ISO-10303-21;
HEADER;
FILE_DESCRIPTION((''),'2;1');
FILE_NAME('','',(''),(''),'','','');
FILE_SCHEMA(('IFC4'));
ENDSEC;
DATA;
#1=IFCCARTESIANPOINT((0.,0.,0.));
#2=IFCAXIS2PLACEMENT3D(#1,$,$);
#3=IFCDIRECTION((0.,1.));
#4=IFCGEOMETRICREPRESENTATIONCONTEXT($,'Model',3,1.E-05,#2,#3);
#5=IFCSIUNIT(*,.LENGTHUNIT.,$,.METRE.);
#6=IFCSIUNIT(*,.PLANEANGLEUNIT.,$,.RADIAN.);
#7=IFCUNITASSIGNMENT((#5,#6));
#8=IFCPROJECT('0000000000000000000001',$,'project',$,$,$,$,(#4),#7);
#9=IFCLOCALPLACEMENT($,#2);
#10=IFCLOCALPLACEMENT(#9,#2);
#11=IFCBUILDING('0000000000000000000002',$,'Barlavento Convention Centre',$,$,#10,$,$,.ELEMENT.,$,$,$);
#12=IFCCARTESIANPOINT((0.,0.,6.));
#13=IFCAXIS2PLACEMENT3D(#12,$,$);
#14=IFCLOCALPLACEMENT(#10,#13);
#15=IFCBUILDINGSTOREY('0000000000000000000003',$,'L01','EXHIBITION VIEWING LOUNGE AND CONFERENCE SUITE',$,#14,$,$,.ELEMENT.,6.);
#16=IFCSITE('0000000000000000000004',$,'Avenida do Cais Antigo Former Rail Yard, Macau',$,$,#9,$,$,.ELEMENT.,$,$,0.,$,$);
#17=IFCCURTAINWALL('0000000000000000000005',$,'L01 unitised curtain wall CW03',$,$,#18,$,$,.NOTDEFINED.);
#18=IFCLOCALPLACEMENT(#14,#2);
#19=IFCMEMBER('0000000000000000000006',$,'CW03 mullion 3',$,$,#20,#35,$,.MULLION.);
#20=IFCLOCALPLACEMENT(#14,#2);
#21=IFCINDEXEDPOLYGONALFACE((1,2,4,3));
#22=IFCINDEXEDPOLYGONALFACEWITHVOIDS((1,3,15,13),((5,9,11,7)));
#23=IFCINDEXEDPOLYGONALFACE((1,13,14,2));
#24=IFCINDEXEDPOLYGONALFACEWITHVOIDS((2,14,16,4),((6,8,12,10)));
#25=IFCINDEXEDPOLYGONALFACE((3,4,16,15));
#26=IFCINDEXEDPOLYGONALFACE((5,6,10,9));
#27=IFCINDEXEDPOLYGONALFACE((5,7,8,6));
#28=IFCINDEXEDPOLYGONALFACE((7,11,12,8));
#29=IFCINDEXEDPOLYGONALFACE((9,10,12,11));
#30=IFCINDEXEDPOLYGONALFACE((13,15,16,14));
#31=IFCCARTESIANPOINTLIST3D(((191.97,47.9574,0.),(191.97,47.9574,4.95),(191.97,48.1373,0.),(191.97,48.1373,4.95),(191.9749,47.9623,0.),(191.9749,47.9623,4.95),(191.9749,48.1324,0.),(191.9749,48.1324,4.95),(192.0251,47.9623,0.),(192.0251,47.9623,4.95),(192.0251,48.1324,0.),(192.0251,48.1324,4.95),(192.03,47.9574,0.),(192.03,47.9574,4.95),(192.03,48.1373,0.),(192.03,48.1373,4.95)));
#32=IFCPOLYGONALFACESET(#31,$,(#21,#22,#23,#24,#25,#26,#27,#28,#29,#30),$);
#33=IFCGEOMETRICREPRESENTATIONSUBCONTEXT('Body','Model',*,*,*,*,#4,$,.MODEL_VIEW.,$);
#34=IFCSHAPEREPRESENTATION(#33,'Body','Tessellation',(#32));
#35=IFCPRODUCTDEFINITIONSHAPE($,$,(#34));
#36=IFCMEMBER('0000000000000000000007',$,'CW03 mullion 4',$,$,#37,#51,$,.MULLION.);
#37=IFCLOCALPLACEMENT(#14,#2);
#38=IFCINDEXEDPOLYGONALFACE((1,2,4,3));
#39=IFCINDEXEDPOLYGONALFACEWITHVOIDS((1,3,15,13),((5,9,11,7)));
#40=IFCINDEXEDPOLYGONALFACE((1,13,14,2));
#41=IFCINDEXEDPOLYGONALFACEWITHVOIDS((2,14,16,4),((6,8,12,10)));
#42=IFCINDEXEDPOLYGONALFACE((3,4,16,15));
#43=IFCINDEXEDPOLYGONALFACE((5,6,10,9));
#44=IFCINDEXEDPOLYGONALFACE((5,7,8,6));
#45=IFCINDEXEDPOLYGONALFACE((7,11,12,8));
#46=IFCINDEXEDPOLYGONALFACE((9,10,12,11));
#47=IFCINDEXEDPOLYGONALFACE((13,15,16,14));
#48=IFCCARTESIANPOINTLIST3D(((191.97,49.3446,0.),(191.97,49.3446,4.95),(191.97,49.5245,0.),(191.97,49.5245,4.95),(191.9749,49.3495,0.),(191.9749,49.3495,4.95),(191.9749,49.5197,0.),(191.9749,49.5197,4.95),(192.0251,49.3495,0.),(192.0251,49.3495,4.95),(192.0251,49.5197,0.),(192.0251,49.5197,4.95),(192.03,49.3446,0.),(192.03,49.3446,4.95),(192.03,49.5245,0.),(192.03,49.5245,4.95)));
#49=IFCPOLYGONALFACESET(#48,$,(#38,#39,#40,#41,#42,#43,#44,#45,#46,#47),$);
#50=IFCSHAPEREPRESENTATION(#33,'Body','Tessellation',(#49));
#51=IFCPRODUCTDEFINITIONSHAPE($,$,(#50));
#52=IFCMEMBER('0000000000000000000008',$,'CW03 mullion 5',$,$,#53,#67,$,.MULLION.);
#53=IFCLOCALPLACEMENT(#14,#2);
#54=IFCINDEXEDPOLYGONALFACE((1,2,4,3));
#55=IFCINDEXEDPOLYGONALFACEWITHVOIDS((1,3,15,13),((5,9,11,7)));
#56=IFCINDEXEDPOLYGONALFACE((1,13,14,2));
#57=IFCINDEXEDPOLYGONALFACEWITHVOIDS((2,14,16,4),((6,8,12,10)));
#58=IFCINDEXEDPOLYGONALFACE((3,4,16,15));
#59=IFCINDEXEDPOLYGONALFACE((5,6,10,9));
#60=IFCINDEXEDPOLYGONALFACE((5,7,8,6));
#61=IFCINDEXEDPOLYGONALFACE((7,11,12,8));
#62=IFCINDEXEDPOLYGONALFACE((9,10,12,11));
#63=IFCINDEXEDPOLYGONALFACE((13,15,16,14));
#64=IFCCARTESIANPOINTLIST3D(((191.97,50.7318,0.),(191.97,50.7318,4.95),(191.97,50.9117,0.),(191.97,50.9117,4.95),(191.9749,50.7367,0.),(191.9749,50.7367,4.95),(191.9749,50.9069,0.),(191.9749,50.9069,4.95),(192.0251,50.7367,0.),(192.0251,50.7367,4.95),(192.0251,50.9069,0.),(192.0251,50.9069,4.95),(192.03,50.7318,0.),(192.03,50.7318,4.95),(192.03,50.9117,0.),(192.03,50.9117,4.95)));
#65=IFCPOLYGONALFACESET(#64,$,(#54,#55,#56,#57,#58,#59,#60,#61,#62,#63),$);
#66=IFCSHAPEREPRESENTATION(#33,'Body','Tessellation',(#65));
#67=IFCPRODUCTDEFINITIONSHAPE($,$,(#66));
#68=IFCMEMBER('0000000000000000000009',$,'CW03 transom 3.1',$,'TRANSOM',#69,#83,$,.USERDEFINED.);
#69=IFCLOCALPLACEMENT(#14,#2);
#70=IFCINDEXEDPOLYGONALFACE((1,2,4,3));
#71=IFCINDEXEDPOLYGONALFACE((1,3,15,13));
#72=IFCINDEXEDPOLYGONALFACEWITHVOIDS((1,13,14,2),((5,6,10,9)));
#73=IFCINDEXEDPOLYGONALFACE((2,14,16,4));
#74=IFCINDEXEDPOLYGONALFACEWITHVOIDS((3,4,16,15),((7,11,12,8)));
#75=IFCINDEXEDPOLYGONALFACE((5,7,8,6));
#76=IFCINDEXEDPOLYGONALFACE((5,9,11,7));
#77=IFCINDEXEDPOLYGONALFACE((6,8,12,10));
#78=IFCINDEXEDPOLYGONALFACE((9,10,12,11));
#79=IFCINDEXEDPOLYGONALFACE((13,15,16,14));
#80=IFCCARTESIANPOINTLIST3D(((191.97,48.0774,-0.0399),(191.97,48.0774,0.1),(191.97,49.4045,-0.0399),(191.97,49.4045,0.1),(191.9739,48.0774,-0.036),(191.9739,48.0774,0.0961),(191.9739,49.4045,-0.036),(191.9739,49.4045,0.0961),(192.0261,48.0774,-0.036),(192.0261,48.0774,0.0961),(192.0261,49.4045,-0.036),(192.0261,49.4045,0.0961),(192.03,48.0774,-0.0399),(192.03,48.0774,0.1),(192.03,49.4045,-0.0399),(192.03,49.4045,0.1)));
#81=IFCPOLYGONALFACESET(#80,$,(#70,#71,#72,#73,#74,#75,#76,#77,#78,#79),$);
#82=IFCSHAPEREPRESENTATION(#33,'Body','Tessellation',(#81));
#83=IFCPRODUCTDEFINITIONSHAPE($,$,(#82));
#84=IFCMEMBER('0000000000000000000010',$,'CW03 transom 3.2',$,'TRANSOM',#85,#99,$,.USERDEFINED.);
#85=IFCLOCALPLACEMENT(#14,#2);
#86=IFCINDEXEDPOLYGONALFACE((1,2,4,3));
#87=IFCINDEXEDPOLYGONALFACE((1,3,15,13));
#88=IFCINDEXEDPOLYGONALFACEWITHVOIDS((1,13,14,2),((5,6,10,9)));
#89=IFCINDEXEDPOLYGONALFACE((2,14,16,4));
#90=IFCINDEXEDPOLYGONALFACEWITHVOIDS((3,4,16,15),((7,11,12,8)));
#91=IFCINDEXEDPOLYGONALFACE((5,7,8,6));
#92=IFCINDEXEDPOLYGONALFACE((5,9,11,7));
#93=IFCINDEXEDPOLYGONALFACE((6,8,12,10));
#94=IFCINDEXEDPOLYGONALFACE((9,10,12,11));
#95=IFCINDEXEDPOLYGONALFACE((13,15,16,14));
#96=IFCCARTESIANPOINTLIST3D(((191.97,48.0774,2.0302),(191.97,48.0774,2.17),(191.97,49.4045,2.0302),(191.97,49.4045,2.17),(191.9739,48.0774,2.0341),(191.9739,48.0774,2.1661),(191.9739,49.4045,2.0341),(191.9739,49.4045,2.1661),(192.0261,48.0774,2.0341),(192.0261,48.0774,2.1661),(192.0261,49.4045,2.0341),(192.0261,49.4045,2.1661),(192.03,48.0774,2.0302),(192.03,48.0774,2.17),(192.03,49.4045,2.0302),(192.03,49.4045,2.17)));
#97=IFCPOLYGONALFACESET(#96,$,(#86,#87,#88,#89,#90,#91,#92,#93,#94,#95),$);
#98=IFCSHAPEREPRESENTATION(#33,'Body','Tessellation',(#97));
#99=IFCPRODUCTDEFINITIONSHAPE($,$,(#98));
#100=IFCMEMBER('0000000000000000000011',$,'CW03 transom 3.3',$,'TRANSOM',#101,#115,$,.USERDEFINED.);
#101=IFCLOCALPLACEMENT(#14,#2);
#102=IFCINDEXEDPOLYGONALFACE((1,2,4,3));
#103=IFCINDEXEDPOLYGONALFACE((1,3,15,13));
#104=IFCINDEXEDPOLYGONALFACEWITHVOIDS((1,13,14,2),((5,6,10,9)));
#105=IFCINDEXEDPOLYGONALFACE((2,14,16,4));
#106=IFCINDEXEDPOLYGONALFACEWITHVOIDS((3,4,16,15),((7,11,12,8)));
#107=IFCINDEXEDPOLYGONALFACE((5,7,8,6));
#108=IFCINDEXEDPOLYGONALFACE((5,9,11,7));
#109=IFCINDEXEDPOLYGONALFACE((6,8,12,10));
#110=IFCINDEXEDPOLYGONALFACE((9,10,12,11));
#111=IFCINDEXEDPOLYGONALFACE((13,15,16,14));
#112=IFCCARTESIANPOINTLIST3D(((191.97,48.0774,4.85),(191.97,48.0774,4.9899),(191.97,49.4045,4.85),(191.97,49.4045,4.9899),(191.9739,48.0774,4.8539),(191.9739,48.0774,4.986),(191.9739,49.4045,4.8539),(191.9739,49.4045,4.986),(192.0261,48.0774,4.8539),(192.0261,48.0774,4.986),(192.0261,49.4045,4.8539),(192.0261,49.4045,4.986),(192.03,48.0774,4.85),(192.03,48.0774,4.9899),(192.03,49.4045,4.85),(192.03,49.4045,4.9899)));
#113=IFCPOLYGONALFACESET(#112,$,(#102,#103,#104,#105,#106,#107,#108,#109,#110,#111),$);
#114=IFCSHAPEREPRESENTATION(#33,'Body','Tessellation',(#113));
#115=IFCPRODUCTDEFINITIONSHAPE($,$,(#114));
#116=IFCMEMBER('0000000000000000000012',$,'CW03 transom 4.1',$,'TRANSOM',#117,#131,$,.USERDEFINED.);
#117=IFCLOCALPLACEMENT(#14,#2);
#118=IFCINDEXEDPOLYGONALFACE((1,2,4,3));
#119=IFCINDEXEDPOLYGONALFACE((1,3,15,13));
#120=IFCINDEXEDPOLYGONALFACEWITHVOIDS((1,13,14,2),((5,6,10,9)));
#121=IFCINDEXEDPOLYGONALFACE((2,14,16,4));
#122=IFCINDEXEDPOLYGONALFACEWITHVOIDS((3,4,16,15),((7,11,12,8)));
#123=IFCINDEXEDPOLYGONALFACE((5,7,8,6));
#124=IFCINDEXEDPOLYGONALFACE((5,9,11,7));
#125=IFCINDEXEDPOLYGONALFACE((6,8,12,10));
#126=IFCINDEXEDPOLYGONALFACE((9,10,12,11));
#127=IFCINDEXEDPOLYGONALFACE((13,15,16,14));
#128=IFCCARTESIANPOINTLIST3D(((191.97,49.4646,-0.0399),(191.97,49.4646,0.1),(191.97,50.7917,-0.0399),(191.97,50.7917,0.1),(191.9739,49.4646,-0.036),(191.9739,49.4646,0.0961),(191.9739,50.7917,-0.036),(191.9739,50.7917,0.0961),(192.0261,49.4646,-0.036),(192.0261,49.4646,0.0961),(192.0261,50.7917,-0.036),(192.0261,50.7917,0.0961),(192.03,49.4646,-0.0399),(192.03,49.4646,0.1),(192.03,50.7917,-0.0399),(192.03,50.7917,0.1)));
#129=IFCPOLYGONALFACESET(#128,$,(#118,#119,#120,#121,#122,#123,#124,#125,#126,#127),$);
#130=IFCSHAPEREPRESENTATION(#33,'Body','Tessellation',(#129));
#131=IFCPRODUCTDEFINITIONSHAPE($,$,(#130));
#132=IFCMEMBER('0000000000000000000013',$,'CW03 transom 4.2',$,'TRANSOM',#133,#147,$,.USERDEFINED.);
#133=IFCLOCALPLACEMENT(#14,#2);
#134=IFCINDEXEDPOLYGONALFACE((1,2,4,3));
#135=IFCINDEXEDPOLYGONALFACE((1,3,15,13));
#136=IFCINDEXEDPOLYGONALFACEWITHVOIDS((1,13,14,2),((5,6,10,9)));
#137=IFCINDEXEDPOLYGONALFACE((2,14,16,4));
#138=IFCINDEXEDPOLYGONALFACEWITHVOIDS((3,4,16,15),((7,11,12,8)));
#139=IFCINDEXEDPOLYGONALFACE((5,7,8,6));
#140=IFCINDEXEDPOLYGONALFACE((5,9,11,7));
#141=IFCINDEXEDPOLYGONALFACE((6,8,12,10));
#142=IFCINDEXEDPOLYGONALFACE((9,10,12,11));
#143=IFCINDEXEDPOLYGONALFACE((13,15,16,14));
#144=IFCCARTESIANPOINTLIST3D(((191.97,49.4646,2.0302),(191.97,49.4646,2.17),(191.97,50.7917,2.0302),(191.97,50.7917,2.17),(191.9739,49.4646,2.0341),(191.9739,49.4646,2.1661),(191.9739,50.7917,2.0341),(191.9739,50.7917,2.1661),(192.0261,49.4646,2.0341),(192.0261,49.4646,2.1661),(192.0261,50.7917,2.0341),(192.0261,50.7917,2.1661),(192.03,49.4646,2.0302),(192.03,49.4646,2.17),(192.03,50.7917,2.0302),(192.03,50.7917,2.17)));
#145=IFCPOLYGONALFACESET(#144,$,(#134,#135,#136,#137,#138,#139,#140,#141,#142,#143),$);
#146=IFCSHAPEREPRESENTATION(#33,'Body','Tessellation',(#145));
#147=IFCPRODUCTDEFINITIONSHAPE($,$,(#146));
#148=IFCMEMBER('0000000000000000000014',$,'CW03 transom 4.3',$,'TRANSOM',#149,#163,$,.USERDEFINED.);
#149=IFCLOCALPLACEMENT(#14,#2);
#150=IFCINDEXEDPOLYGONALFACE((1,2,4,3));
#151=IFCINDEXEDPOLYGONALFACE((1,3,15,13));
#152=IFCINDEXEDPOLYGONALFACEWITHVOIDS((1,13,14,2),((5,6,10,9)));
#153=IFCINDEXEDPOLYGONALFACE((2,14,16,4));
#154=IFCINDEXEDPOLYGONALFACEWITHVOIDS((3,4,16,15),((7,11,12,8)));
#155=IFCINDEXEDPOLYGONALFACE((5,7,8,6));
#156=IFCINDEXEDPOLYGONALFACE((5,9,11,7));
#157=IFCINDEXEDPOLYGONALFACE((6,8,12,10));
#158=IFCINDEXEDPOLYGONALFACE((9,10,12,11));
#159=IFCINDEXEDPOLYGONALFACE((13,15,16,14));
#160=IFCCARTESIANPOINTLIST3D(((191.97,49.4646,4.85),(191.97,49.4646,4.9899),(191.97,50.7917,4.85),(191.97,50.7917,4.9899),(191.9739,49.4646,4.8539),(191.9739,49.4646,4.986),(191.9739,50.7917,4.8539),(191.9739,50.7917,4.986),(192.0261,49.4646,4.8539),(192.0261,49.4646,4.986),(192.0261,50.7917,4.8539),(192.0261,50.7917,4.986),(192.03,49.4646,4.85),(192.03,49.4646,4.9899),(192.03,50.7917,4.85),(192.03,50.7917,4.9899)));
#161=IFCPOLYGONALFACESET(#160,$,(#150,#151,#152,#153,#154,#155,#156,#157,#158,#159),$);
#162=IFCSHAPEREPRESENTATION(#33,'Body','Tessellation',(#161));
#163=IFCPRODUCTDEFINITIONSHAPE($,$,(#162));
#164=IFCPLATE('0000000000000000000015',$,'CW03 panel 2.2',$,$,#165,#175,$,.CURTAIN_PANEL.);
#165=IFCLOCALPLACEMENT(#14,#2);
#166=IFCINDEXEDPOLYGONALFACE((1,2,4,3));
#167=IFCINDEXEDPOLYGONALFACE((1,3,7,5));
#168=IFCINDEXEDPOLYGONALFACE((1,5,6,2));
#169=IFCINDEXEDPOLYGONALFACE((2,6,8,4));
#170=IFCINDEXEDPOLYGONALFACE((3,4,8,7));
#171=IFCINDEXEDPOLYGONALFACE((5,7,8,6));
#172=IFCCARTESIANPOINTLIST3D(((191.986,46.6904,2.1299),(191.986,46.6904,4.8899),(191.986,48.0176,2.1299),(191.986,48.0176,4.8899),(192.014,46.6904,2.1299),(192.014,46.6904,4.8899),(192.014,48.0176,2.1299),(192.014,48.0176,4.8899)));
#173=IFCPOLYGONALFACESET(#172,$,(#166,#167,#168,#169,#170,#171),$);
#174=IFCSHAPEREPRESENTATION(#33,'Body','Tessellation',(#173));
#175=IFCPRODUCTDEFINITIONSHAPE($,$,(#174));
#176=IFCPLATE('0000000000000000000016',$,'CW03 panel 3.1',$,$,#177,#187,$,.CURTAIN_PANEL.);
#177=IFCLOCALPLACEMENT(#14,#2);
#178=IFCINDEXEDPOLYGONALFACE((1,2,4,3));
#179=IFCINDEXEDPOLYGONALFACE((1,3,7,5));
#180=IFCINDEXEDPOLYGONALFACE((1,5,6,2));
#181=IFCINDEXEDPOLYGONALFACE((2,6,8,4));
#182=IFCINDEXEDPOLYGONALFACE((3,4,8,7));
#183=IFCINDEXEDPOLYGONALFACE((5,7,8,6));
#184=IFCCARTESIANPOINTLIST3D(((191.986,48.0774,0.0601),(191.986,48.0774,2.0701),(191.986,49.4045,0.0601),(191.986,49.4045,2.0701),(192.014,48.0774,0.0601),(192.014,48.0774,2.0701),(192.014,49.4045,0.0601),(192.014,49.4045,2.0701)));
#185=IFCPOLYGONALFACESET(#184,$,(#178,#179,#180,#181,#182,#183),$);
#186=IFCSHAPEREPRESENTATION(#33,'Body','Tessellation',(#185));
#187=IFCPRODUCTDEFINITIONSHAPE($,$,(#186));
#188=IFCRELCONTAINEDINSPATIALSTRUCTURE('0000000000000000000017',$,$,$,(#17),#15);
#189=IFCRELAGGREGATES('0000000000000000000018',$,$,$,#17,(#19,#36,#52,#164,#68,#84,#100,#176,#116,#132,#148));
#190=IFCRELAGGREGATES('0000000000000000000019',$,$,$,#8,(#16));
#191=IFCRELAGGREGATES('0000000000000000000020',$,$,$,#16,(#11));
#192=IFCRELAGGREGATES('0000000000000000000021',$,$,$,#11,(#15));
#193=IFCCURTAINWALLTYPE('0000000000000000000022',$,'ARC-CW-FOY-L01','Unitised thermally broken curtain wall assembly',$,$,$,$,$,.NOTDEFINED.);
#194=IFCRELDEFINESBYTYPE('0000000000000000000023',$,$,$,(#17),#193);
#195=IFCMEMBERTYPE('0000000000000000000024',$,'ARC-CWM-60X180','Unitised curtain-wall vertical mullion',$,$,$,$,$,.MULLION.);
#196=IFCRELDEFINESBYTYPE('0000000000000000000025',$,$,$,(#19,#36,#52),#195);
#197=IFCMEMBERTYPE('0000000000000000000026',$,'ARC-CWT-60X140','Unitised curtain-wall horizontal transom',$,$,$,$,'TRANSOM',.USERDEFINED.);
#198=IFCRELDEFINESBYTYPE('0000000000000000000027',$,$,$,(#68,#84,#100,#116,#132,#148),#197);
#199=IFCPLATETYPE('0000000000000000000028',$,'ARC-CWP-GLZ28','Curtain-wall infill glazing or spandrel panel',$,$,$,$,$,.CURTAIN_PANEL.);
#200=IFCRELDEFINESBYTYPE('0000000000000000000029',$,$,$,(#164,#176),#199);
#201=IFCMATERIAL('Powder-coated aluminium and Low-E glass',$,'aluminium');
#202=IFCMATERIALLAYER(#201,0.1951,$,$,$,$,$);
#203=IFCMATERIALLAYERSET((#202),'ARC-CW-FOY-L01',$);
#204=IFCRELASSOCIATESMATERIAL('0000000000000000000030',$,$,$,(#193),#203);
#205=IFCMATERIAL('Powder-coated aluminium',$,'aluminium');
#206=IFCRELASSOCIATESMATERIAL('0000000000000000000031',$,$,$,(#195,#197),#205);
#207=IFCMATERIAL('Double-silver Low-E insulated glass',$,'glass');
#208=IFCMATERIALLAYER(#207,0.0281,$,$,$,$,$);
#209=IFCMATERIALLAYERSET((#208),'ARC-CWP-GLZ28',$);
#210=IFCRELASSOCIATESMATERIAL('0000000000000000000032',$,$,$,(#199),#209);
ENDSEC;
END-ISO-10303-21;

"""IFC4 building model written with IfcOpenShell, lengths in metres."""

from ifc_helpers import new_model, si_unit, direction, frame, origin, origin_2d, place, context, subcontext, project, spatial, rectangle, hollow_rectangle, extrude, material, layer, layer_set, material_profile, profile_set, type_object, element, aggregate, save


model = new_model("IFC4")

# Units and contexts
model_context = context("Model", 3, precision=1e-05, world=origin(), true_north=direction((0.0, 1.0)))
body_context = subcontext(model_context, "Body", "Model", "MODEL_VIEW")
ifc_project = project(units=[si_unit("LENGTHUNIT", "METRE"), si_unit("PLANEANGLEUNIT", "RADIAN")], contexts=[model_context])

# Site, building, storey
site_placement = place(None, origin())
site = spatial("IfcSite", under=ifc_project, at=site_placement, Name="Avenida do Cais Antigo Former Rail Yard, Macau", CompositionType="ELEMENT", RefElevation=0.0)
building_placement = place(site_placement, origin())
building = spatial("IfcBuilding", under=site, at=building_placement, Name="Barlavento Convention Centre", CompositionType="ELEMENT")
storey_placement = place(building_placement, frame((0.0, 0.0, 6.0)))
storey = spatial("IfcBuildingStorey", under=building, at=storey_placement, Name="L01", Description="EXHIBITION VIEWING LOUNGE AND CONFERENCE SUITE", CompositionType="ELEMENT", Elevation=6.0)

# Curtain wall, members, plates
ifc_material_1 = material(Name="Powder-coated aluminium and Low-E glass", Category="aluminium")
ifc_layer_1 = layer(ifc_material_1, 0.1951)
ifc_layer_set_1 = layer_set([ifc_layer_1], Name="ARC-CW-FOY-L01")
curtain_wall_type = type_object("IfcCurtainWallType", Name="ARC-CW-FOY-L01", Description="Unitised thermally broken curtain wall assembly", PredefinedType="NOTDEFINED", material=ifc_layer_set_1)
curtain_wall_placement = place(storey_placement, origin())
curtain_wall = element("IfcCurtainWall", 1, at=curtain_wall_placement, inside=storey, type_object=curtain_wall_type, Name="L01 unitised curtain wall CW03", PredefinedType="NOTDEFINED")
ifc_material_2 = material(Name="Powder-coated aluminium", Category="aluminium")
ifc_material_profile_1 = material_profile(ifc_material_2, hollow_rectangle(XDim=0.0601, YDim=0.1799, WallThickness=0.0049, at=origin_2d()), Name="AL-MULL 60x180x5")
ifc_profile_set_1 = profile_set([ifc_material_profile_1], Name="Powder-coated aluminium")
member_type_1 = type_object("IfcMemberType", Name="ARC-CWM-60X180", Description="Unitised curtain-wall vertical mullion", PredefinedType="MULLION", material=ifc_profile_set_1)
member_1_placement = place(storey_placement, frame((192.0, 48.0474, 0.0), z_axis=(0.0, 0.0, 1.0), x_axis=(-1.0, 0.0, 0.0)))
member_1 = element("IfcMember", 2, at=member_1_placement, type_object=member_type_1, Name="CW03 mullion 3", PredefinedType="MULLION", context=body_context, shape_type="SweptSolid", body=[
    extrude(hollow_rectangle(XDim=0.0601, YDim=0.1799, WallThickness=0.0049, at=origin_2d()), origin(), (0.0, 0.0, 1.0), 4.95),
])
member_2_placement = place(storey_placement, frame((192.0, 49.4346, 0.0), z_axis=(0.0, 0.0, 1.0), x_axis=(-1.0, 0.0, 0.0)))
member_2 = element("IfcMember", 3, at=member_2_placement, type_object=member_type_1, Name="CW03 mullion 4", PredefinedType="MULLION", context=body_context, shape_type="SweptSolid", body=[
    extrude(hollow_rectangle(XDim=0.0601, YDim=0.1799, WallThickness=0.0049, at=origin_2d()), origin(), (0.0, 0.0, 1.0), 4.95),
])
member_3_placement = place(storey_placement, frame((192.0, 50.8218, 0.0), z_axis=(0.0, 0.0, 1.0), x_axis=(-1.0, 0.0, 0.0)))
member_3 = element("IfcMember", 4, at=member_3_placement, type_object=member_type_1, Name="CW03 mullion 5", PredefinedType="MULLION", context=body_context, shape_type="SweptSolid", body=[
    extrude(hollow_rectangle(XDim=0.0601, YDim=0.1799, WallThickness=0.0049, at=origin_2d()), origin(), (0.0, 0.0, 1.0), 4.95),
])
ifc_material_profile_2 = material_profile(ifc_material_2, hollow_rectangle(XDim=0.0601, YDim=0.1399, WallThickness=0.0039, at=origin_2d()), Name="AL-TRAN 60x140x4")
ifc_profile_set_2 = profile_set([ifc_material_profile_2], Name="Powder-coated aluminium")
member_type_2 = type_object("IfcMemberType", Name="ARC-CWT-60X140", Description="Unitised curtain-wall horizontal transom", ElementType="TRANSOM", PredefinedType="USERDEFINED", material=ifc_profile_set_2)
member_4_placement = place(storey_placement, frame((192.0, 48.0774, 0.03), z_axis=(0.0, 1.0, 0.0), x_axis=(-1.0, 0.0, 0.0)))
member_4 = element("IfcMember", 5, at=member_4_placement, type_object=member_type_2, Name="CW03 transom 3.1", ObjectType="TRANSOM", PredefinedType="USERDEFINED", context=body_context, shape_type="SweptSolid", body=[
    extrude(hollow_rectangle(XDim=0.0601, YDim=0.1399, WallThickness=0.0039, at=origin_2d()), origin(), (0.0, 0.0, 1.0), 1.3271),
])
member_5_placement = place(storey_placement, frame((192.0, 48.0774, 2.1001), z_axis=(0.0, 1.0, 0.0), x_axis=(-1.0, 0.0, 0.0)))
member_5 = element("IfcMember", 6, at=member_5_placement, type_object=member_type_2, Name="CW03 transom 3.2", ObjectType="TRANSOM", PredefinedType="USERDEFINED", context=body_context, shape_type="SweptSolid", body=[
    extrude(hollow_rectangle(XDim=0.0601, YDim=0.1399, WallThickness=0.0039, at=origin_2d()), origin(), (0.0, 0.0, 1.0), 1.3271),
])
member_6_placement = place(storey_placement, frame((192.0, 48.0774, 4.9199), z_axis=(0.0, 1.0, 0.0), x_axis=(-1.0, 0.0, 0.0)))
member_6 = element("IfcMember", 7, at=member_6_placement, type_object=member_type_2, Name="CW03 transom 3.3", ObjectType="TRANSOM", PredefinedType="USERDEFINED", context=body_context, shape_type="SweptSolid", body=[
    extrude(hollow_rectangle(XDim=0.0601, YDim=0.1399, WallThickness=0.0039, at=origin_2d()), origin(), (0.0, 0.0, 1.0), 1.3271),
])
member_7_placement = place(storey_placement, frame((192.0, 49.4646, 0.03), z_axis=(0.0, 1.0, 0.0), x_axis=(-1.0, 0.0, 0.0)))
member_7 = element("IfcMember", 8, at=member_7_placement, type_object=member_type_2, Name="CW03 transom 4.1", ObjectType="TRANSOM", PredefinedType="USERDEFINED", context=body_context, shape_type="SweptSolid", body=[
    extrude(hollow_rectangle(XDim=0.0601, YDim=0.1399, WallThickness=0.0039, at=origin_2d()), origin(), (0.0, 0.0, 1.0), 1.3271),
])
member_8_placement = place(storey_placement, frame((192.0, 49.4646, 2.1001), z_axis=(0.0, 1.0, 0.0), x_axis=(-1.0, 0.0, 0.0)))
member_8 = element("IfcMember", 9, at=member_8_placement, type_object=member_type_2, Name="CW03 transom 4.2", ObjectType="TRANSOM", PredefinedType="USERDEFINED", context=body_context, shape_type="SweptSolid", body=[
    extrude(hollow_rectangle(XDim=0.0601, YDim=0.1399, WallThickness=0.0039, at=origin_2d()), origin(), (0.0, 0.0, 1.0), 1.3271),
])
member_9_placement = place(storey_placement, frame((192.0, 49.4646, 4.9199), z_axis=(0.0, 1.0, 0.0), x_axis=(-1.0, 0.0, 0.0)))
member_9 = element("IfcMember", 10, at=member_9_placement, type_object=member_type_2, Name="CW03 transom 4.3", ObjectType="TRANSOM", PredefinedType="USERDEFINED", context=body_context, shape_type="SweptSolid", body=[
    extrude(hollow_rectangle(XDim=0.0601, YDim=0.1399, WallThickness=0.0039, at=origin_2d()), origin(), (0.0, 0.0, 1.0), 1.3271),
])
ifc_material_3 = material(Name="Double-silver Low-E insulated glass", Category="glass")
ifc_layer_2 = layer(ifc_material_3, 0.0281)
ifc_layer_set_2 = layer_set([ifc_layer_2], Name="ARC-CWP-GLZ28")
plate_type = type_object("IfcPlateType", Name="ARC-CWP-GLZ28", Description="Curtain-wall infill glazing or spandrel panel", PredefinedType="CURTAIN_PANEL", material=ifc_layer_set_2)
plate_1_placement = place(storey_placement, frame((192.0, 47.354, 2.1299), z_axis=(0.0, 0.0, 1.0), x_axis=(0.0, 1.0, 0.0)))
plate_1 = element("IfcPlate", 11, at=plate_1_placement, type_object=plate_type, Name="CW03 panel 2.2", PredefinedType="CURTAIN_PANEL", context=body_context, shape_type="SweptSolid", body=[
    extrude(rectangle(XDim=1.3271, YDim=0.0281, at=origin_2d()), origin(), (0.0, 0.0, 1.0), 2.76),
])
plate_2_placement = place(storey_placement, frame((192.0, 48.741, 0.0601), z_axis=(0.0, 0.0, 1.0), x_axis=(0.0, 1.0, 0.0)))
plate_2 = element("IfcPlate", 12, at=plate_2_placement, type_object=plate_type, Name="CW03 panel 3.1", PredefinedType="CURTAIN_PANEL", context=body_context, shape_type="SweptSolid", body=[
    extrude(rectangle(XDim=1.3271, YDim=0.0281, at=origin_2d()), origin(), (0.0, 0.0, 1.0), 2.01),
])
aggregate(curtain_wall, [member_1, member_2, member_3, plate_1, member_4, member_5, member_6, plate_2, member_7, member_8, member_9])

save(model, "model.ifc")
